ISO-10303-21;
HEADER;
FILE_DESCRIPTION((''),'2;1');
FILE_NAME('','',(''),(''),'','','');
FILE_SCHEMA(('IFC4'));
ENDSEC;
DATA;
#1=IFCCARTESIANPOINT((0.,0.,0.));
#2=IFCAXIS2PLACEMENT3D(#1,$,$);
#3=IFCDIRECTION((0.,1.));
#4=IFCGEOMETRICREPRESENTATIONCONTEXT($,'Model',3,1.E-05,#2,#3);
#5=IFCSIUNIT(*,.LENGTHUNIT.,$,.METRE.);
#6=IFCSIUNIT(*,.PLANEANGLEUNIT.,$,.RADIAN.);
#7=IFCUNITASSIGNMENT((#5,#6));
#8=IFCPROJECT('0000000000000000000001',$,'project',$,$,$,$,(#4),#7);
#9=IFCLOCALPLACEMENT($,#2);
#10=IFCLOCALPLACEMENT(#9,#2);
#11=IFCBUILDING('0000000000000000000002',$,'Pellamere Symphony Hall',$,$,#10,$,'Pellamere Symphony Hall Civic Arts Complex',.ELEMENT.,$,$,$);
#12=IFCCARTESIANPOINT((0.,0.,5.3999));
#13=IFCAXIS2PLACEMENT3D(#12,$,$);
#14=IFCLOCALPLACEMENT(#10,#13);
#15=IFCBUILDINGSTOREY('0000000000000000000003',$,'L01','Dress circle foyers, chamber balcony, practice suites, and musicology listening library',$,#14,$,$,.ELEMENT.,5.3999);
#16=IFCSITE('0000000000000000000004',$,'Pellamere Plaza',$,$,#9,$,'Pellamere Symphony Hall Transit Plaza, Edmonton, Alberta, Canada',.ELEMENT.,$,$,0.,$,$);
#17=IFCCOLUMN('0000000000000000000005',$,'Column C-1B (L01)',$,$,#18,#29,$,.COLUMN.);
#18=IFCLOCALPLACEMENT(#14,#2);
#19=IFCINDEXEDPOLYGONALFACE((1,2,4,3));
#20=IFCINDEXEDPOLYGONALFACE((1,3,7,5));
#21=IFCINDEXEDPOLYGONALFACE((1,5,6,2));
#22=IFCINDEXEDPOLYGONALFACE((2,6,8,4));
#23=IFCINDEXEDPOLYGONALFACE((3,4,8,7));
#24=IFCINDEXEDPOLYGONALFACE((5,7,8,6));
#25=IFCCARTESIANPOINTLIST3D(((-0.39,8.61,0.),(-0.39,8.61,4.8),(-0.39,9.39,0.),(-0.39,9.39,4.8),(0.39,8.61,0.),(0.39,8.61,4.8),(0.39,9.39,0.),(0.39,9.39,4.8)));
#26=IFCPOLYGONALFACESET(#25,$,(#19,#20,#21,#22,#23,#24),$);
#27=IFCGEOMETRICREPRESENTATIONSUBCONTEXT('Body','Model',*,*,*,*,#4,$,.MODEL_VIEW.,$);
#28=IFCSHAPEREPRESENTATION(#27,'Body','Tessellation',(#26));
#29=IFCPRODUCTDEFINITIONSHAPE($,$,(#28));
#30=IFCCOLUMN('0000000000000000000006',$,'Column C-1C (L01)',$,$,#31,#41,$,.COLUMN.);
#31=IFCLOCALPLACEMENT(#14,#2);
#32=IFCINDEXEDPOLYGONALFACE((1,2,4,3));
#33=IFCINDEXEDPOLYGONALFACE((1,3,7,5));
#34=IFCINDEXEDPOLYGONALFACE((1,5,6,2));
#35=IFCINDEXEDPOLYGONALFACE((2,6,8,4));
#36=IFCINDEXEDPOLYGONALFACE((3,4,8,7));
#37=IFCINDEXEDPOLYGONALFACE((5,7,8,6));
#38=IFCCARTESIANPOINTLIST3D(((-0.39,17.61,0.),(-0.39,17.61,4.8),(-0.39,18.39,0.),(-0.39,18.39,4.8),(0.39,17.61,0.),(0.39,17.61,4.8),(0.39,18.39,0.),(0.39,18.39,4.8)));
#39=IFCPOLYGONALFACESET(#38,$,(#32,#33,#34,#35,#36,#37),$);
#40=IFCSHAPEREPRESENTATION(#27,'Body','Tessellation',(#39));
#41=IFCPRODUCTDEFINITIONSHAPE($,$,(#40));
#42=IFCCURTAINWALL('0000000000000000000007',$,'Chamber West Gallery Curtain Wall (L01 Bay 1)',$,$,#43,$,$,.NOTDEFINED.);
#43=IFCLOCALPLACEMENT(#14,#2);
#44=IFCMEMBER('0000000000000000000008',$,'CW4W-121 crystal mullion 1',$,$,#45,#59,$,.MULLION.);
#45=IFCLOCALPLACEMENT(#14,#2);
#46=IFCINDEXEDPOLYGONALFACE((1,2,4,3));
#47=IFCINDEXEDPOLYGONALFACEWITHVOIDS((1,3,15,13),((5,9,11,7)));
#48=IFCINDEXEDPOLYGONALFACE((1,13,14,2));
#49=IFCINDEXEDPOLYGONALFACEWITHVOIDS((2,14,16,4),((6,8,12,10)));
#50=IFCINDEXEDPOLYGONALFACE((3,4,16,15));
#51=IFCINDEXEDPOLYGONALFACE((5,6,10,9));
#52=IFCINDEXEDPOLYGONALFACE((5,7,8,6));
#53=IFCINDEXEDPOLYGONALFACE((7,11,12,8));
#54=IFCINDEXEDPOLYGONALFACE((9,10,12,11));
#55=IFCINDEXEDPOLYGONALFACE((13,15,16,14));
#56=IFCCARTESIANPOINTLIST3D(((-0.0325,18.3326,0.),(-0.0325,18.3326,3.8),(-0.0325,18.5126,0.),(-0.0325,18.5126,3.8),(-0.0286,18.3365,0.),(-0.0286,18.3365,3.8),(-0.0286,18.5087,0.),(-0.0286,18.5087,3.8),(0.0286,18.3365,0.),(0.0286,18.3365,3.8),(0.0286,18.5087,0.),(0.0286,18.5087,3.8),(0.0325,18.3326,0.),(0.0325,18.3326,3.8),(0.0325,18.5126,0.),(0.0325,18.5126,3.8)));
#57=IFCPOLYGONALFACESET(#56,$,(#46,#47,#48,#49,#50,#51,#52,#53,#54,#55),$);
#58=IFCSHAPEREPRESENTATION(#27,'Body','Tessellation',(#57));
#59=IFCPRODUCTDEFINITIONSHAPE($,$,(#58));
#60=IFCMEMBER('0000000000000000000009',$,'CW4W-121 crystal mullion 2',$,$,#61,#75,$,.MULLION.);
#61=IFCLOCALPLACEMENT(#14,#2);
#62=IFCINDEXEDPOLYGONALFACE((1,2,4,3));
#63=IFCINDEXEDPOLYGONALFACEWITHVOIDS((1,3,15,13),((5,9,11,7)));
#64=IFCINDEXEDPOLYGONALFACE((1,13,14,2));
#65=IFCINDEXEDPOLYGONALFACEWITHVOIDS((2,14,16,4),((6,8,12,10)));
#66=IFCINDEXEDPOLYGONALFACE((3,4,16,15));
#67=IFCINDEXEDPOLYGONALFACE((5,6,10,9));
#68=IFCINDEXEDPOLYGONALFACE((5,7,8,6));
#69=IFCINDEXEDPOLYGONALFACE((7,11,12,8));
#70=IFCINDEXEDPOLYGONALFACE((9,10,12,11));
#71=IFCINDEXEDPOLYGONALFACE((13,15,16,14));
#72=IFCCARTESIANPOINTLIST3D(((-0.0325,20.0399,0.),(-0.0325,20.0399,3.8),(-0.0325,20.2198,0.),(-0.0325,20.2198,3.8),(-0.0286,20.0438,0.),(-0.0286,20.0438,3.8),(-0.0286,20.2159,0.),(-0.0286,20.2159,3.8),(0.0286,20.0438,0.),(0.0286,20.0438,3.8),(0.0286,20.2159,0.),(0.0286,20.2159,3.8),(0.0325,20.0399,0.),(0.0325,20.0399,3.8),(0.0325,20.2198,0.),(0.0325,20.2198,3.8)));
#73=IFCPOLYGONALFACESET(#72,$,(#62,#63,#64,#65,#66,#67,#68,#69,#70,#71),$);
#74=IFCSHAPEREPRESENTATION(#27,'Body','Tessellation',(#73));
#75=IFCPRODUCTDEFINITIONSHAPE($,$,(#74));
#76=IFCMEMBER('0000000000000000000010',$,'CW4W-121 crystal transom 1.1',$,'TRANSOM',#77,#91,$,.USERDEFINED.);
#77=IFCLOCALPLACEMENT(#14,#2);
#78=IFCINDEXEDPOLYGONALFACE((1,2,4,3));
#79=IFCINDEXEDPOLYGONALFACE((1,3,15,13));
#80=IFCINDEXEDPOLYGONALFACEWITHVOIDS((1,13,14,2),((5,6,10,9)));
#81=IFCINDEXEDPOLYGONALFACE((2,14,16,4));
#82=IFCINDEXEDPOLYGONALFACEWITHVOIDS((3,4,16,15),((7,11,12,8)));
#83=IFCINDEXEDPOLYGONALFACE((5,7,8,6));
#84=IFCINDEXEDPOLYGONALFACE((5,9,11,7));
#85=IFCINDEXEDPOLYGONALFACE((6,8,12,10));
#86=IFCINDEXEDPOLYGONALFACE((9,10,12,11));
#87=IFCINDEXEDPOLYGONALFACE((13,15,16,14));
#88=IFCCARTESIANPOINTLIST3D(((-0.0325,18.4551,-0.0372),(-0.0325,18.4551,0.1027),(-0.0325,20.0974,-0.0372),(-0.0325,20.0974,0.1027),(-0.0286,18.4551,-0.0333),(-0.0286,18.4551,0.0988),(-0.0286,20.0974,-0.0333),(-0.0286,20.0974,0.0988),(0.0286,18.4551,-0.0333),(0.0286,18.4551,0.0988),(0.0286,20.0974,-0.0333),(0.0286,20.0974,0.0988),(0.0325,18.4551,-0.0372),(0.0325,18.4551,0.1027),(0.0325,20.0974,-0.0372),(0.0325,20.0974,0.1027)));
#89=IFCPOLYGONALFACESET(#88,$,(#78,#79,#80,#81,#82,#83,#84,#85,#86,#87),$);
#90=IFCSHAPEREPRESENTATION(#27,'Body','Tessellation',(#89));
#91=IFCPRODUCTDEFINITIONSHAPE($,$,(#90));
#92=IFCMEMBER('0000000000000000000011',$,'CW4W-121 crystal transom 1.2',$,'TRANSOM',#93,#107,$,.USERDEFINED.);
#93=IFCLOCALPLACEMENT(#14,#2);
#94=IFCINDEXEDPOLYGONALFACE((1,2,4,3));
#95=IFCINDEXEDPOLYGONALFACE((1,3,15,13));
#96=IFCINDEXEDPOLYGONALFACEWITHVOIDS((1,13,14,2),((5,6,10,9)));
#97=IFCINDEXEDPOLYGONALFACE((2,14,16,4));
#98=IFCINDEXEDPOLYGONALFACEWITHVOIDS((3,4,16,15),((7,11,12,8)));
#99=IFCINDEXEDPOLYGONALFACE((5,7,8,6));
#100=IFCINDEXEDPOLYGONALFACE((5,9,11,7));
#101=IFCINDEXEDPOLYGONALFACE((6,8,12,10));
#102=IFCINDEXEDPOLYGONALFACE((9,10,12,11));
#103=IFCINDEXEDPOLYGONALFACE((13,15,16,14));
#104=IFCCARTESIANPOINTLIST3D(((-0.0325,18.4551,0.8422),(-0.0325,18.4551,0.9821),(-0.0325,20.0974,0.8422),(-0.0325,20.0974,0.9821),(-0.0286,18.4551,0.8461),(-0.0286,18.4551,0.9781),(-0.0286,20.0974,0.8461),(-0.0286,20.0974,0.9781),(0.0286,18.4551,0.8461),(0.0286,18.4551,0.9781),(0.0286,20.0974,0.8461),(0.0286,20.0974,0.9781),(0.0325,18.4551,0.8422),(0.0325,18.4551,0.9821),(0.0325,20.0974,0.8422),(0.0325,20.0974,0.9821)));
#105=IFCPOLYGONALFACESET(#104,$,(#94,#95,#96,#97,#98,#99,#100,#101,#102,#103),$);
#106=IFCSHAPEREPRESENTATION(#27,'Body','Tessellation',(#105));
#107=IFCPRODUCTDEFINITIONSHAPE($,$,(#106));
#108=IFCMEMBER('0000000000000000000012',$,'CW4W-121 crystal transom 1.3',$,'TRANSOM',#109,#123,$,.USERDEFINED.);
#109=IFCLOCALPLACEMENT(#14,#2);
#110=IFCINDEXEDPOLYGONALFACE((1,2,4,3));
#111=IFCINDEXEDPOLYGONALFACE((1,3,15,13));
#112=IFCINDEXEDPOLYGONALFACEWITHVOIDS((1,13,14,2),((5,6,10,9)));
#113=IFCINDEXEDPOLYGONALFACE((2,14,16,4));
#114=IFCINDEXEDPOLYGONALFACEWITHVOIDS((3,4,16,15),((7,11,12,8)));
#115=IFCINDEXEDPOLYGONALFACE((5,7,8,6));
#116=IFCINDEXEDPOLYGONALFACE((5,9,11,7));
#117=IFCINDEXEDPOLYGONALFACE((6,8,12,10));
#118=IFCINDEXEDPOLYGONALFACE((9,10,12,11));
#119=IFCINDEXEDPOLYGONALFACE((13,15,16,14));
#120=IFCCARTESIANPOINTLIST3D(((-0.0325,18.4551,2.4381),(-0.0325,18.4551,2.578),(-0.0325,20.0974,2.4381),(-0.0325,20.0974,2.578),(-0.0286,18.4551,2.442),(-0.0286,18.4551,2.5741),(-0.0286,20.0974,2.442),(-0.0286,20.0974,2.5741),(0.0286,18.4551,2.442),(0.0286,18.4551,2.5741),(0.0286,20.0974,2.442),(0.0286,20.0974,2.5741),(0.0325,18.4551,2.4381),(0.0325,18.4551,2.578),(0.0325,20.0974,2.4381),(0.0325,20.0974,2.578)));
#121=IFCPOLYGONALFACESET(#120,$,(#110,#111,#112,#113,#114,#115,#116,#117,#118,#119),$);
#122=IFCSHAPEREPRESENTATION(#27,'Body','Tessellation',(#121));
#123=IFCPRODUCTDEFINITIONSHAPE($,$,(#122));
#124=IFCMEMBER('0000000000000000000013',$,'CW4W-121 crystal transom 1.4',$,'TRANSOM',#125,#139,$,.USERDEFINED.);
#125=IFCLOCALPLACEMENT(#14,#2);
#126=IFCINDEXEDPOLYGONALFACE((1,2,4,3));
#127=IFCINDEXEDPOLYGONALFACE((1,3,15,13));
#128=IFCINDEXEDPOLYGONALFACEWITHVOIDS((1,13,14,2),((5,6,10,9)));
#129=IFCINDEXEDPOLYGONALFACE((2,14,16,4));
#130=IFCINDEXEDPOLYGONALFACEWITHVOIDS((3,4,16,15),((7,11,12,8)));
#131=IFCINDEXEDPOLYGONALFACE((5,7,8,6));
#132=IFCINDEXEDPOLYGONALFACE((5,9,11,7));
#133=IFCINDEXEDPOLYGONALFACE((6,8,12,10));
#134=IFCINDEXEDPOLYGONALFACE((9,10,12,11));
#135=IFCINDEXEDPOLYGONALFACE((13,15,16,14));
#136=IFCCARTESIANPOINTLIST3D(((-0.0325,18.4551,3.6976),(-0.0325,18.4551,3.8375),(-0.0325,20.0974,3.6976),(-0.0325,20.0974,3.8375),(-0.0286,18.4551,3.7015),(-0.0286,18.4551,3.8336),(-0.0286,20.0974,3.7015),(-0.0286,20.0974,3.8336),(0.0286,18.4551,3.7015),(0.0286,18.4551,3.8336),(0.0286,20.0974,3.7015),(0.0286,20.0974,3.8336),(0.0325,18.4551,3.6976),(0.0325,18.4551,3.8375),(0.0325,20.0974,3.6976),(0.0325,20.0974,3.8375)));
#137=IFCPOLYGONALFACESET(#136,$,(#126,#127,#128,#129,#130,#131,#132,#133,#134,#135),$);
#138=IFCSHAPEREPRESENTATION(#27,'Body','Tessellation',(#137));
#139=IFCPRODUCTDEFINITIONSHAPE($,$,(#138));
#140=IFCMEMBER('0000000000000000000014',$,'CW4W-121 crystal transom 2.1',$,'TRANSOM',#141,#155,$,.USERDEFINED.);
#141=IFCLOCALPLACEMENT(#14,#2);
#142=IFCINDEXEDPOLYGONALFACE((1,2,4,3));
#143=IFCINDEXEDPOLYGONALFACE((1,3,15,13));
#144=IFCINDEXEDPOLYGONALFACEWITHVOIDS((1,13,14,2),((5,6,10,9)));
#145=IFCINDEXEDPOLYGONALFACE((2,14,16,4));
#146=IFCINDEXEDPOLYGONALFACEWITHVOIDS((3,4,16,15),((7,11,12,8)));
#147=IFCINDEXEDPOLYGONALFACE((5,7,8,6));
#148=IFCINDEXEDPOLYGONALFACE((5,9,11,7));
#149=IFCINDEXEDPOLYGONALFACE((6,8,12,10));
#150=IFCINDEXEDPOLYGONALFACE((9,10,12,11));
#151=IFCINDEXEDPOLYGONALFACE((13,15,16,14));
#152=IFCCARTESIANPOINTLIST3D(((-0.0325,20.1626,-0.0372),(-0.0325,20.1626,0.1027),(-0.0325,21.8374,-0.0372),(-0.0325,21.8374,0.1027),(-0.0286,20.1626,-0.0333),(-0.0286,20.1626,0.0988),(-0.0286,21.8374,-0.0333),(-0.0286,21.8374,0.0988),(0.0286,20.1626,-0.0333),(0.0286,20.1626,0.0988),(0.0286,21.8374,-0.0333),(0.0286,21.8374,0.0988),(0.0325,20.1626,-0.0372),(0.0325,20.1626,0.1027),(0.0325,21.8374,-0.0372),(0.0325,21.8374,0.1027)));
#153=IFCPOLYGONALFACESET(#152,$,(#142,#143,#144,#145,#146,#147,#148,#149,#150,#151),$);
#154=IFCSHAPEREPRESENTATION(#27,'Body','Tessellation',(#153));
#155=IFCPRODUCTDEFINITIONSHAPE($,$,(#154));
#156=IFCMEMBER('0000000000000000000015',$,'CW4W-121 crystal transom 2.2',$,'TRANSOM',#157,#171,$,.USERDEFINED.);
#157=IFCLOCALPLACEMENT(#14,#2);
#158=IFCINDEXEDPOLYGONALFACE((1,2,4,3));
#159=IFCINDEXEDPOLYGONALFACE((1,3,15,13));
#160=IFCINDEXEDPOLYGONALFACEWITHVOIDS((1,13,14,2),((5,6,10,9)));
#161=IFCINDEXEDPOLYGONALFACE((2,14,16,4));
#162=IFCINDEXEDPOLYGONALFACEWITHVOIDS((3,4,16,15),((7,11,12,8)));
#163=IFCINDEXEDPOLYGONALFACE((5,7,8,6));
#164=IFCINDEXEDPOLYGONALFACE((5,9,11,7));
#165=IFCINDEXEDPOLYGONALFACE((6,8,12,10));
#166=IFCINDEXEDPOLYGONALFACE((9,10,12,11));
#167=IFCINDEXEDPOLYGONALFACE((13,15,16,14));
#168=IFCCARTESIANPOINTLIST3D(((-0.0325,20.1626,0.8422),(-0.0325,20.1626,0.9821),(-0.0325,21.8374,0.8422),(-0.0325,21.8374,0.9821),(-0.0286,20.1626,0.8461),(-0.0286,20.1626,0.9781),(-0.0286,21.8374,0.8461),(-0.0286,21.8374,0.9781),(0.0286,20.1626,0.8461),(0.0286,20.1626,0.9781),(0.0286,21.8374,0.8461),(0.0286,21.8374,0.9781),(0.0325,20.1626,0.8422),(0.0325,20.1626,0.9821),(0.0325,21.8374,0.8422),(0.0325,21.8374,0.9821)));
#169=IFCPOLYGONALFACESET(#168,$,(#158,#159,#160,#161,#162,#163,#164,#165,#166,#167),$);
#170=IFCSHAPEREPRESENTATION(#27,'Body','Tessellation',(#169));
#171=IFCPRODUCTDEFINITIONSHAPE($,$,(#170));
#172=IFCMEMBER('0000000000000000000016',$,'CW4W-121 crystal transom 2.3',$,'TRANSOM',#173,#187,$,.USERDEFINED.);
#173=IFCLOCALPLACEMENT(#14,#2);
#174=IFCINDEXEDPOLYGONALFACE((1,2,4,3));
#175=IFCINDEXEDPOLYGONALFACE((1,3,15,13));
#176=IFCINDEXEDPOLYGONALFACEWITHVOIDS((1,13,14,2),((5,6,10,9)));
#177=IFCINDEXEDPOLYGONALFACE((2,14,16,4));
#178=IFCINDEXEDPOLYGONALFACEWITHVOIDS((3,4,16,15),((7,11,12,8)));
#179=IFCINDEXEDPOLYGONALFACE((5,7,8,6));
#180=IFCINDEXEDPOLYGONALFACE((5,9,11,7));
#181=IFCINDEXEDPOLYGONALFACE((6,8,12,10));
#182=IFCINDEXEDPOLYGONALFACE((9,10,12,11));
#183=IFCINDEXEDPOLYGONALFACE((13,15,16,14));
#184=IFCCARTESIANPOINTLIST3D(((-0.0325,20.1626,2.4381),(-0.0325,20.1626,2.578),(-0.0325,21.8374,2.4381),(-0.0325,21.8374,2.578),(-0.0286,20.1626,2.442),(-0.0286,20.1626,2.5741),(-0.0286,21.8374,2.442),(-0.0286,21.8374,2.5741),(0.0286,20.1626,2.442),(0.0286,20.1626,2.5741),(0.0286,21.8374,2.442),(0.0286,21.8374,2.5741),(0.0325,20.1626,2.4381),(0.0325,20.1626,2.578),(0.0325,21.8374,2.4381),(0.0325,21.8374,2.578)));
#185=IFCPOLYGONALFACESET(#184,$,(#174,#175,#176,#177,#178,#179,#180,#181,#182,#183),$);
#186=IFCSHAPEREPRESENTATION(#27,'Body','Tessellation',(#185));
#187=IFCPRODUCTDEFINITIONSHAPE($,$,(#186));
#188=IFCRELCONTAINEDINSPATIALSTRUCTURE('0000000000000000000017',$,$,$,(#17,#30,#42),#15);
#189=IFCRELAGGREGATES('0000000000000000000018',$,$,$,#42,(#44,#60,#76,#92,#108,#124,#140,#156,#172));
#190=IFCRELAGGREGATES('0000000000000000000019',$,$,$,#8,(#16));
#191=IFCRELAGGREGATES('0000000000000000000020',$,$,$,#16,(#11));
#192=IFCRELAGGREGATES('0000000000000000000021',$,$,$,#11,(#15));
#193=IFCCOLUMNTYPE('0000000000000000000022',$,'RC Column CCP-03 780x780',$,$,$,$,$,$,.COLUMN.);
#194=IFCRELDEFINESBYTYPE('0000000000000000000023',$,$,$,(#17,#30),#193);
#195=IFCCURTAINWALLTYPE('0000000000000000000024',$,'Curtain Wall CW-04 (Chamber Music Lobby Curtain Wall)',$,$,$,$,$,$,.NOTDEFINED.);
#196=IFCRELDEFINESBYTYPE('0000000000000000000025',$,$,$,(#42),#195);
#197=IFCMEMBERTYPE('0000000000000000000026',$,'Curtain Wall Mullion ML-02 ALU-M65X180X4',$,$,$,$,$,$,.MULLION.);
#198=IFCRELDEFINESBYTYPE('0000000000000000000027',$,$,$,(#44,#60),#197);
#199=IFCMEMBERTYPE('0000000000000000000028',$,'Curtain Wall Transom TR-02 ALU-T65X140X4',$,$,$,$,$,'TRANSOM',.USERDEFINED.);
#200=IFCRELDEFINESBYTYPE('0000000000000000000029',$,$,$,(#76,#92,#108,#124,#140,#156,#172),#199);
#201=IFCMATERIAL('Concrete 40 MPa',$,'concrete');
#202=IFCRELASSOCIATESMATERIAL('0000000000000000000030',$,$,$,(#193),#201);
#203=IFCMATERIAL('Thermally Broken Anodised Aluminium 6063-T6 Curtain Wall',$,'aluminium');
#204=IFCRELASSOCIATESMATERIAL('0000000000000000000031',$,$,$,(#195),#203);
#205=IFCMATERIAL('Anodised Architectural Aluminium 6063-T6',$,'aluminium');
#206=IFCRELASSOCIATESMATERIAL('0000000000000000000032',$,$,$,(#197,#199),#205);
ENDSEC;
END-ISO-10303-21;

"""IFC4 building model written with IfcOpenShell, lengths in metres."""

from ifc_helpers import new_model, si_unit, direction, frame, origin, origin_2d, place, context, subcontext, project, spatial, rectangle, hollow_rectangle, extrude, material, material_profile, profile_set, type_object, element, aggregate, save


model = new_model("IFC4")

# Units and contexts
model_context = context("Model", 3, precision=1e-05, world=origin(), true_north=direction((0.0, 1.0)))
body_context = subcontext(model_context, "Body", "Model", "MODEL_VIEW")
ifc_project = project(units=[si_unit("LENGTHUNIT", "METRE"), si_unit("PLANEANGLEUNIT", "RADIAN")], contexts=[model_context])

# Site, building, storey
site_placement = place(None, origin())
site = spatial("IfcSite", under=ifc_project, at=site_placement, Name="Pellamere Plaza", LongName="Pellamere Symphony Hall Transit Plaza, Edmonton, Alberta, Canada", CompositionType="ELEMENT", RefElevation=0.0)
building_placement = place(site_placement, origin())
building = spatial("IfcBuilding", under=site, at=building_placement, Name="Pellamere Symphony Hall", LongName="Pellamere Symphony Hall Civic Arts Complex", CompositionType="ELEMENT")
storey_placement = place(building_placement, frame((0.0, 0.0, 5.3999)))
storey = spatial("IfcBuildingStorey", under=building, at=storey_placement, Name="L01", Description="Dress circle foyers, chamber balcony, practice suites, and musicology listening library", CompositionType="ELEMENT", Elevation=5.3999)

# Columns
ifc_material_1 = material(Name="Concrete 40 MPa", Category="concrete")
ifc_material_profile_1 = material_profile(ifc_material_1, rectangle(XDim=0.78, YDim=0.78, at=origin_2d()), Name="RC 780x780")
ifc_profile_set_1 = profile_set([ifc_material_profile_1], Name="Concrete 40 MPa")
column_type = type_object("IfcColumnType", Name="RC Column CCP-03 780x780", PredefinedType="COLUMN", material=ifc_profile_set_1)
for number, where, z_axis, x_axis, name in (
    (1, (0.0, 9.0, 0.0), (0.0, 0.0, 1.0), (1.0, 0.0, 0.0), "Column C-1B (L01)"),
    (2, (0.0, 18.0, 0.0), (0.0, 0.0, 1.0), (1.0, 0.0, 0.0), "Column C-1C (L01)"),
):
    element("IfcColumn", number, at=place(storey_placement, frame(where, z_axis=z_axis, x_axis=x_axis)), inside=storey, type_object=column_type, Name=name, PredefinedType="COLUMN", context=body_context, shape_type="SweptSolid", body=[
        extrude(rectangle(XDim=0.78, YDim=0.78, at=origin_2d()), origin(), (0.0, 0.0, 1.0), 4.8),
    ])

# Curtain wall, members
ifc_material_2 = material(Name="Thermally Broken Anodised Aluminium 6063-T6 Curtain Wall", Category="aluminium")
curtain_wall_type = type_object("IfcCurtainWallType", Name="Curtain Wall CW-04 (Chamber Music Lobby Curtain Wall)", PredefinedType="NOTDEFINED", material=ifc_material_2)
curtain_wall_placement = place(storey_placement, origin())
curtain_wall = element("IfcCurtainWall", 3, at=curtain_wall_placement, inside=storey, type_object=curtain_wall_type, Name="Chamber West Gallery Curtain Wall (L01 Bay 1)", PredefinedType="NOTDEFINED")
ifc_material_3 = material(Name="Anodised Architectural Aluminium 6063-T6", Category="aluminium")
ifc_material_profile_2 = material_profile(ifc_material_3, hollow_rectangle(XDim=0.0649, YDim=0.1799, WallThickness=0.0039, at=origin_2d()), Name="ALU-M65X180X4")
ifc_profile_set_2 = profile_set([ifc_material_profile_2], Name="Anodised Architectural Aluminium 6063-T6")
member_type_1 = type_object("IfcMemberType", Name="Curtain Wall Mullion ML-02 ALU-M65X180X4", PredefinedType="MULLION", material=ifc_profile_set_2)
member_1_placement = place(storey_placement, frame((0.0, 18.4226, 0.0), z_axis=(0.0, 0.0, 1.0), x_axis=(-1.0, 0.0, 0.0)))
member_1 = element("IfcMember", 4, at=member_1_placement, type_object=member_type_1, Name="CW4W-121 crystal mullion 1", PredefinedType="MULLION", context=body_context, shape_type="SweptSolid", body=[
    extrude(hollow_rectangle(XDim=0.0649, YDim=0.1799, WallThickness=0.0039, at=origin_2d()), origin(), (0.0, 0.0, 1.0), 3.8),
])
member_2_placement = place(storey_placement, frame((0.0, 20.1299, 0.0), z_axis=(0.0, 0.0, 1.0), x_axis=(-1.0, 0.0, 0.0)))
member_2 = element("IfcMember", 5, at=member_2_placement, type_object=member_type_1, Name="CW4W-121 crystal mullion 2", PredefinedType="MULLION", context=body_context, shape_type="SweptSolid", body=[
    extrude(hollow_rectangle(XDim=0.0649, YDim=0.1799, WallThickness=0.0039, at=origin_2d()), origin(), (0.0, 0.0, 1.0), 3.8),
])
ifc_material_profile_3 = material_profile(ifc_material_3, hollow_rectangle(XDim=0.0649, YDim=0.1399, WallThickness=0.0039, at=origin_2d()), Name="ALU-T65X140X4")
ifc_profile_set_3 = profile_set([ifc_material_profile_3], Name="Anodised Architectural Aluminium 6063-T6")
member_type_2 = type_object("IfcMemberType", Name="Curtain Wall Transom TR-02 ALU-T65X140X4", ElementType="TRANSOM", PredefinedType="USERDEFINED", material=ifc_profile_set_3)
member_3_placement = place(storey_placement, frame((0.0, 18.4551, 0.0327), z_axis=(0.0, 1.0, 0.0), x_axis=(-1.0, 0.0, 0.0)))
member_3 = element("IfcMember", 6, at=member_3_placement, type_object=member_type_2, Name="CW4W-121 crystal transom 1.1", ObjectType="TRANSOM", PredefinedType="USERDEFINED", context=body_context, shape_type="SweptSolid", body=[
    extrude(hollow_rectangle(XDim=0.0649, YDim=0.1399, WallThickness=0.0039, at=origin_2d()), origin(), (0.0, 0.0, 1.0), 1.6423),
])
member_4_placement = place(storey_placement, frame((0.0, 18.4551, 0.9121), z_axis=(0.0, 1.0, 0.0), x_axis=(-1.0, 0.0, 0.0)))
member_4 = element("IfcMember", 7, at=member_4_placement, type_object=member_type_2, Name="CW4W-121 crystal transom 1.2", ObjectType="TRANSOM", PredefinedType="USERDEFINED", context=body_context, shape_type="SweptSolid", body=[
    extrude(hollow_rectangle(XDim=0.0649, YDim=0.1399, WallThickness=0.0039, at=origin_2d()), origin(), (0.0, 0.0, 1.0), 1.6423),
])
member_5_placement = place(storey_placement, frame((0.0, 18.4551, 2.5081), z_axis=(0.0, 1.0, 0.0), x_axis=(-1.0, 0.0, 0.0)))
member_5 = element("IfcMember", 8, at=member_5_placement, type_object=member_type_2, Name="CW4W-121 crystal transom 1.3", ObjectType="TRANSOM", PredefinedType="USERDEFINED", context=body_context, shape_type="SweptSolid", body=[
    extrude(hollow_rectangle(XDim=0.0649, YDim=0.1399, WallThickness=0.0039, at=origin_2d()), origin(), (0.0, 0.0, 1.0), 1.6423),
])
member_6_placement = place(storey_placement, frame((0.0, 18.4551, 3.7676), z_axis=(0.0, 1.0, 0.0), x_axis=(-1.0, 0.0, 0.0)))
member_6 = element("IfcMember", 9, at=member_6_placement, type_object=member_type_2, Name="CW4W-121 crystal transom 1.4", ObjectType="TRANSOM", PredefinedType="USERDEFINED", context=body_context, shape_type="SweptSolid", body=[
    extrude(hollow_rectangle(XDim=0.0649, YDim=0.1399, WallThickness=0.0039, at=origin_2d()), origin(), (0.0, 0.0, 1.0), 1.6423),
])
member_7_placement = place(storey_placement, frame((0.0, 20.1626, 0.0327), z_axis=(0.0, 1.0, 0.0), x_axis=(-1.0, 0.0, 0.0)))
member_7 = element("IfcMember", 10, at=member_7_placement, type_object=member_type_2, Name="CW4W-121 crystal transom 2.1", ObjectType="TRANSOM", PredefinedType="USERDEFINED", context=body_context, shape_type="SweptSolid", body=[
    extrude(hollow_rectangle(XDim=0.0649, YDim=0.1399, WallThickness=0.0039, at=origin_2d()), origin(), (0.0, 0.0, 1.0), 1.6748),
])
member_8_placement = place(storey_placement, frame((0.0, 20.1626, 0.9121), z_axis=(0.0, 1.0, 0.0), x_axis=(-1.0, 0.0, 0.0)))
member_8 = element("IfcMember", 11, at=member_8_placement, type_object=member_type_2, Name="CW4W-121 crystal transom 2.2", ObjectType="TRANSOM", PredefinedType="USERDEFINED", context=body_context, shape_type="SweptSolid", body=[
    extrude(hollow_rectangle(XDim=0.0649, YDim=0.1399, WallThickness=0.0039, at=origin_2d()), origin(), (0.0, 0.0, 1.0), 1.6748),
])
member_9_placement = place(storey_placement, frame((0.0, 20.1626, 2.5081), z_axis=(0.0, 1.0, 0.0), x_axis=(-1.0, 0.0, 0.0)))
member_9 = element("IfcMember", 12, at=member_9_placement, type_object=member_type_2, Name="CW4W-121 crystal transom 2.3", ObjectType="TRANSOM", PredefinedType="USERDEFINED", context=body_context, shape_type="SweptSolid", body=[
    extrude(hollow_rectangle(XDim=0.0649, YDim=0.1399, WallThickness=0.0039, at=origin_2d()), origin(), (0.0, 0.0, 1.0), 1.6748),
])

aggregate(curtain_wall, [member_1, member_2, member_3, member_4, member_5, member_6, member_7, member_8, member_9])

save(model, "model.ifc")
